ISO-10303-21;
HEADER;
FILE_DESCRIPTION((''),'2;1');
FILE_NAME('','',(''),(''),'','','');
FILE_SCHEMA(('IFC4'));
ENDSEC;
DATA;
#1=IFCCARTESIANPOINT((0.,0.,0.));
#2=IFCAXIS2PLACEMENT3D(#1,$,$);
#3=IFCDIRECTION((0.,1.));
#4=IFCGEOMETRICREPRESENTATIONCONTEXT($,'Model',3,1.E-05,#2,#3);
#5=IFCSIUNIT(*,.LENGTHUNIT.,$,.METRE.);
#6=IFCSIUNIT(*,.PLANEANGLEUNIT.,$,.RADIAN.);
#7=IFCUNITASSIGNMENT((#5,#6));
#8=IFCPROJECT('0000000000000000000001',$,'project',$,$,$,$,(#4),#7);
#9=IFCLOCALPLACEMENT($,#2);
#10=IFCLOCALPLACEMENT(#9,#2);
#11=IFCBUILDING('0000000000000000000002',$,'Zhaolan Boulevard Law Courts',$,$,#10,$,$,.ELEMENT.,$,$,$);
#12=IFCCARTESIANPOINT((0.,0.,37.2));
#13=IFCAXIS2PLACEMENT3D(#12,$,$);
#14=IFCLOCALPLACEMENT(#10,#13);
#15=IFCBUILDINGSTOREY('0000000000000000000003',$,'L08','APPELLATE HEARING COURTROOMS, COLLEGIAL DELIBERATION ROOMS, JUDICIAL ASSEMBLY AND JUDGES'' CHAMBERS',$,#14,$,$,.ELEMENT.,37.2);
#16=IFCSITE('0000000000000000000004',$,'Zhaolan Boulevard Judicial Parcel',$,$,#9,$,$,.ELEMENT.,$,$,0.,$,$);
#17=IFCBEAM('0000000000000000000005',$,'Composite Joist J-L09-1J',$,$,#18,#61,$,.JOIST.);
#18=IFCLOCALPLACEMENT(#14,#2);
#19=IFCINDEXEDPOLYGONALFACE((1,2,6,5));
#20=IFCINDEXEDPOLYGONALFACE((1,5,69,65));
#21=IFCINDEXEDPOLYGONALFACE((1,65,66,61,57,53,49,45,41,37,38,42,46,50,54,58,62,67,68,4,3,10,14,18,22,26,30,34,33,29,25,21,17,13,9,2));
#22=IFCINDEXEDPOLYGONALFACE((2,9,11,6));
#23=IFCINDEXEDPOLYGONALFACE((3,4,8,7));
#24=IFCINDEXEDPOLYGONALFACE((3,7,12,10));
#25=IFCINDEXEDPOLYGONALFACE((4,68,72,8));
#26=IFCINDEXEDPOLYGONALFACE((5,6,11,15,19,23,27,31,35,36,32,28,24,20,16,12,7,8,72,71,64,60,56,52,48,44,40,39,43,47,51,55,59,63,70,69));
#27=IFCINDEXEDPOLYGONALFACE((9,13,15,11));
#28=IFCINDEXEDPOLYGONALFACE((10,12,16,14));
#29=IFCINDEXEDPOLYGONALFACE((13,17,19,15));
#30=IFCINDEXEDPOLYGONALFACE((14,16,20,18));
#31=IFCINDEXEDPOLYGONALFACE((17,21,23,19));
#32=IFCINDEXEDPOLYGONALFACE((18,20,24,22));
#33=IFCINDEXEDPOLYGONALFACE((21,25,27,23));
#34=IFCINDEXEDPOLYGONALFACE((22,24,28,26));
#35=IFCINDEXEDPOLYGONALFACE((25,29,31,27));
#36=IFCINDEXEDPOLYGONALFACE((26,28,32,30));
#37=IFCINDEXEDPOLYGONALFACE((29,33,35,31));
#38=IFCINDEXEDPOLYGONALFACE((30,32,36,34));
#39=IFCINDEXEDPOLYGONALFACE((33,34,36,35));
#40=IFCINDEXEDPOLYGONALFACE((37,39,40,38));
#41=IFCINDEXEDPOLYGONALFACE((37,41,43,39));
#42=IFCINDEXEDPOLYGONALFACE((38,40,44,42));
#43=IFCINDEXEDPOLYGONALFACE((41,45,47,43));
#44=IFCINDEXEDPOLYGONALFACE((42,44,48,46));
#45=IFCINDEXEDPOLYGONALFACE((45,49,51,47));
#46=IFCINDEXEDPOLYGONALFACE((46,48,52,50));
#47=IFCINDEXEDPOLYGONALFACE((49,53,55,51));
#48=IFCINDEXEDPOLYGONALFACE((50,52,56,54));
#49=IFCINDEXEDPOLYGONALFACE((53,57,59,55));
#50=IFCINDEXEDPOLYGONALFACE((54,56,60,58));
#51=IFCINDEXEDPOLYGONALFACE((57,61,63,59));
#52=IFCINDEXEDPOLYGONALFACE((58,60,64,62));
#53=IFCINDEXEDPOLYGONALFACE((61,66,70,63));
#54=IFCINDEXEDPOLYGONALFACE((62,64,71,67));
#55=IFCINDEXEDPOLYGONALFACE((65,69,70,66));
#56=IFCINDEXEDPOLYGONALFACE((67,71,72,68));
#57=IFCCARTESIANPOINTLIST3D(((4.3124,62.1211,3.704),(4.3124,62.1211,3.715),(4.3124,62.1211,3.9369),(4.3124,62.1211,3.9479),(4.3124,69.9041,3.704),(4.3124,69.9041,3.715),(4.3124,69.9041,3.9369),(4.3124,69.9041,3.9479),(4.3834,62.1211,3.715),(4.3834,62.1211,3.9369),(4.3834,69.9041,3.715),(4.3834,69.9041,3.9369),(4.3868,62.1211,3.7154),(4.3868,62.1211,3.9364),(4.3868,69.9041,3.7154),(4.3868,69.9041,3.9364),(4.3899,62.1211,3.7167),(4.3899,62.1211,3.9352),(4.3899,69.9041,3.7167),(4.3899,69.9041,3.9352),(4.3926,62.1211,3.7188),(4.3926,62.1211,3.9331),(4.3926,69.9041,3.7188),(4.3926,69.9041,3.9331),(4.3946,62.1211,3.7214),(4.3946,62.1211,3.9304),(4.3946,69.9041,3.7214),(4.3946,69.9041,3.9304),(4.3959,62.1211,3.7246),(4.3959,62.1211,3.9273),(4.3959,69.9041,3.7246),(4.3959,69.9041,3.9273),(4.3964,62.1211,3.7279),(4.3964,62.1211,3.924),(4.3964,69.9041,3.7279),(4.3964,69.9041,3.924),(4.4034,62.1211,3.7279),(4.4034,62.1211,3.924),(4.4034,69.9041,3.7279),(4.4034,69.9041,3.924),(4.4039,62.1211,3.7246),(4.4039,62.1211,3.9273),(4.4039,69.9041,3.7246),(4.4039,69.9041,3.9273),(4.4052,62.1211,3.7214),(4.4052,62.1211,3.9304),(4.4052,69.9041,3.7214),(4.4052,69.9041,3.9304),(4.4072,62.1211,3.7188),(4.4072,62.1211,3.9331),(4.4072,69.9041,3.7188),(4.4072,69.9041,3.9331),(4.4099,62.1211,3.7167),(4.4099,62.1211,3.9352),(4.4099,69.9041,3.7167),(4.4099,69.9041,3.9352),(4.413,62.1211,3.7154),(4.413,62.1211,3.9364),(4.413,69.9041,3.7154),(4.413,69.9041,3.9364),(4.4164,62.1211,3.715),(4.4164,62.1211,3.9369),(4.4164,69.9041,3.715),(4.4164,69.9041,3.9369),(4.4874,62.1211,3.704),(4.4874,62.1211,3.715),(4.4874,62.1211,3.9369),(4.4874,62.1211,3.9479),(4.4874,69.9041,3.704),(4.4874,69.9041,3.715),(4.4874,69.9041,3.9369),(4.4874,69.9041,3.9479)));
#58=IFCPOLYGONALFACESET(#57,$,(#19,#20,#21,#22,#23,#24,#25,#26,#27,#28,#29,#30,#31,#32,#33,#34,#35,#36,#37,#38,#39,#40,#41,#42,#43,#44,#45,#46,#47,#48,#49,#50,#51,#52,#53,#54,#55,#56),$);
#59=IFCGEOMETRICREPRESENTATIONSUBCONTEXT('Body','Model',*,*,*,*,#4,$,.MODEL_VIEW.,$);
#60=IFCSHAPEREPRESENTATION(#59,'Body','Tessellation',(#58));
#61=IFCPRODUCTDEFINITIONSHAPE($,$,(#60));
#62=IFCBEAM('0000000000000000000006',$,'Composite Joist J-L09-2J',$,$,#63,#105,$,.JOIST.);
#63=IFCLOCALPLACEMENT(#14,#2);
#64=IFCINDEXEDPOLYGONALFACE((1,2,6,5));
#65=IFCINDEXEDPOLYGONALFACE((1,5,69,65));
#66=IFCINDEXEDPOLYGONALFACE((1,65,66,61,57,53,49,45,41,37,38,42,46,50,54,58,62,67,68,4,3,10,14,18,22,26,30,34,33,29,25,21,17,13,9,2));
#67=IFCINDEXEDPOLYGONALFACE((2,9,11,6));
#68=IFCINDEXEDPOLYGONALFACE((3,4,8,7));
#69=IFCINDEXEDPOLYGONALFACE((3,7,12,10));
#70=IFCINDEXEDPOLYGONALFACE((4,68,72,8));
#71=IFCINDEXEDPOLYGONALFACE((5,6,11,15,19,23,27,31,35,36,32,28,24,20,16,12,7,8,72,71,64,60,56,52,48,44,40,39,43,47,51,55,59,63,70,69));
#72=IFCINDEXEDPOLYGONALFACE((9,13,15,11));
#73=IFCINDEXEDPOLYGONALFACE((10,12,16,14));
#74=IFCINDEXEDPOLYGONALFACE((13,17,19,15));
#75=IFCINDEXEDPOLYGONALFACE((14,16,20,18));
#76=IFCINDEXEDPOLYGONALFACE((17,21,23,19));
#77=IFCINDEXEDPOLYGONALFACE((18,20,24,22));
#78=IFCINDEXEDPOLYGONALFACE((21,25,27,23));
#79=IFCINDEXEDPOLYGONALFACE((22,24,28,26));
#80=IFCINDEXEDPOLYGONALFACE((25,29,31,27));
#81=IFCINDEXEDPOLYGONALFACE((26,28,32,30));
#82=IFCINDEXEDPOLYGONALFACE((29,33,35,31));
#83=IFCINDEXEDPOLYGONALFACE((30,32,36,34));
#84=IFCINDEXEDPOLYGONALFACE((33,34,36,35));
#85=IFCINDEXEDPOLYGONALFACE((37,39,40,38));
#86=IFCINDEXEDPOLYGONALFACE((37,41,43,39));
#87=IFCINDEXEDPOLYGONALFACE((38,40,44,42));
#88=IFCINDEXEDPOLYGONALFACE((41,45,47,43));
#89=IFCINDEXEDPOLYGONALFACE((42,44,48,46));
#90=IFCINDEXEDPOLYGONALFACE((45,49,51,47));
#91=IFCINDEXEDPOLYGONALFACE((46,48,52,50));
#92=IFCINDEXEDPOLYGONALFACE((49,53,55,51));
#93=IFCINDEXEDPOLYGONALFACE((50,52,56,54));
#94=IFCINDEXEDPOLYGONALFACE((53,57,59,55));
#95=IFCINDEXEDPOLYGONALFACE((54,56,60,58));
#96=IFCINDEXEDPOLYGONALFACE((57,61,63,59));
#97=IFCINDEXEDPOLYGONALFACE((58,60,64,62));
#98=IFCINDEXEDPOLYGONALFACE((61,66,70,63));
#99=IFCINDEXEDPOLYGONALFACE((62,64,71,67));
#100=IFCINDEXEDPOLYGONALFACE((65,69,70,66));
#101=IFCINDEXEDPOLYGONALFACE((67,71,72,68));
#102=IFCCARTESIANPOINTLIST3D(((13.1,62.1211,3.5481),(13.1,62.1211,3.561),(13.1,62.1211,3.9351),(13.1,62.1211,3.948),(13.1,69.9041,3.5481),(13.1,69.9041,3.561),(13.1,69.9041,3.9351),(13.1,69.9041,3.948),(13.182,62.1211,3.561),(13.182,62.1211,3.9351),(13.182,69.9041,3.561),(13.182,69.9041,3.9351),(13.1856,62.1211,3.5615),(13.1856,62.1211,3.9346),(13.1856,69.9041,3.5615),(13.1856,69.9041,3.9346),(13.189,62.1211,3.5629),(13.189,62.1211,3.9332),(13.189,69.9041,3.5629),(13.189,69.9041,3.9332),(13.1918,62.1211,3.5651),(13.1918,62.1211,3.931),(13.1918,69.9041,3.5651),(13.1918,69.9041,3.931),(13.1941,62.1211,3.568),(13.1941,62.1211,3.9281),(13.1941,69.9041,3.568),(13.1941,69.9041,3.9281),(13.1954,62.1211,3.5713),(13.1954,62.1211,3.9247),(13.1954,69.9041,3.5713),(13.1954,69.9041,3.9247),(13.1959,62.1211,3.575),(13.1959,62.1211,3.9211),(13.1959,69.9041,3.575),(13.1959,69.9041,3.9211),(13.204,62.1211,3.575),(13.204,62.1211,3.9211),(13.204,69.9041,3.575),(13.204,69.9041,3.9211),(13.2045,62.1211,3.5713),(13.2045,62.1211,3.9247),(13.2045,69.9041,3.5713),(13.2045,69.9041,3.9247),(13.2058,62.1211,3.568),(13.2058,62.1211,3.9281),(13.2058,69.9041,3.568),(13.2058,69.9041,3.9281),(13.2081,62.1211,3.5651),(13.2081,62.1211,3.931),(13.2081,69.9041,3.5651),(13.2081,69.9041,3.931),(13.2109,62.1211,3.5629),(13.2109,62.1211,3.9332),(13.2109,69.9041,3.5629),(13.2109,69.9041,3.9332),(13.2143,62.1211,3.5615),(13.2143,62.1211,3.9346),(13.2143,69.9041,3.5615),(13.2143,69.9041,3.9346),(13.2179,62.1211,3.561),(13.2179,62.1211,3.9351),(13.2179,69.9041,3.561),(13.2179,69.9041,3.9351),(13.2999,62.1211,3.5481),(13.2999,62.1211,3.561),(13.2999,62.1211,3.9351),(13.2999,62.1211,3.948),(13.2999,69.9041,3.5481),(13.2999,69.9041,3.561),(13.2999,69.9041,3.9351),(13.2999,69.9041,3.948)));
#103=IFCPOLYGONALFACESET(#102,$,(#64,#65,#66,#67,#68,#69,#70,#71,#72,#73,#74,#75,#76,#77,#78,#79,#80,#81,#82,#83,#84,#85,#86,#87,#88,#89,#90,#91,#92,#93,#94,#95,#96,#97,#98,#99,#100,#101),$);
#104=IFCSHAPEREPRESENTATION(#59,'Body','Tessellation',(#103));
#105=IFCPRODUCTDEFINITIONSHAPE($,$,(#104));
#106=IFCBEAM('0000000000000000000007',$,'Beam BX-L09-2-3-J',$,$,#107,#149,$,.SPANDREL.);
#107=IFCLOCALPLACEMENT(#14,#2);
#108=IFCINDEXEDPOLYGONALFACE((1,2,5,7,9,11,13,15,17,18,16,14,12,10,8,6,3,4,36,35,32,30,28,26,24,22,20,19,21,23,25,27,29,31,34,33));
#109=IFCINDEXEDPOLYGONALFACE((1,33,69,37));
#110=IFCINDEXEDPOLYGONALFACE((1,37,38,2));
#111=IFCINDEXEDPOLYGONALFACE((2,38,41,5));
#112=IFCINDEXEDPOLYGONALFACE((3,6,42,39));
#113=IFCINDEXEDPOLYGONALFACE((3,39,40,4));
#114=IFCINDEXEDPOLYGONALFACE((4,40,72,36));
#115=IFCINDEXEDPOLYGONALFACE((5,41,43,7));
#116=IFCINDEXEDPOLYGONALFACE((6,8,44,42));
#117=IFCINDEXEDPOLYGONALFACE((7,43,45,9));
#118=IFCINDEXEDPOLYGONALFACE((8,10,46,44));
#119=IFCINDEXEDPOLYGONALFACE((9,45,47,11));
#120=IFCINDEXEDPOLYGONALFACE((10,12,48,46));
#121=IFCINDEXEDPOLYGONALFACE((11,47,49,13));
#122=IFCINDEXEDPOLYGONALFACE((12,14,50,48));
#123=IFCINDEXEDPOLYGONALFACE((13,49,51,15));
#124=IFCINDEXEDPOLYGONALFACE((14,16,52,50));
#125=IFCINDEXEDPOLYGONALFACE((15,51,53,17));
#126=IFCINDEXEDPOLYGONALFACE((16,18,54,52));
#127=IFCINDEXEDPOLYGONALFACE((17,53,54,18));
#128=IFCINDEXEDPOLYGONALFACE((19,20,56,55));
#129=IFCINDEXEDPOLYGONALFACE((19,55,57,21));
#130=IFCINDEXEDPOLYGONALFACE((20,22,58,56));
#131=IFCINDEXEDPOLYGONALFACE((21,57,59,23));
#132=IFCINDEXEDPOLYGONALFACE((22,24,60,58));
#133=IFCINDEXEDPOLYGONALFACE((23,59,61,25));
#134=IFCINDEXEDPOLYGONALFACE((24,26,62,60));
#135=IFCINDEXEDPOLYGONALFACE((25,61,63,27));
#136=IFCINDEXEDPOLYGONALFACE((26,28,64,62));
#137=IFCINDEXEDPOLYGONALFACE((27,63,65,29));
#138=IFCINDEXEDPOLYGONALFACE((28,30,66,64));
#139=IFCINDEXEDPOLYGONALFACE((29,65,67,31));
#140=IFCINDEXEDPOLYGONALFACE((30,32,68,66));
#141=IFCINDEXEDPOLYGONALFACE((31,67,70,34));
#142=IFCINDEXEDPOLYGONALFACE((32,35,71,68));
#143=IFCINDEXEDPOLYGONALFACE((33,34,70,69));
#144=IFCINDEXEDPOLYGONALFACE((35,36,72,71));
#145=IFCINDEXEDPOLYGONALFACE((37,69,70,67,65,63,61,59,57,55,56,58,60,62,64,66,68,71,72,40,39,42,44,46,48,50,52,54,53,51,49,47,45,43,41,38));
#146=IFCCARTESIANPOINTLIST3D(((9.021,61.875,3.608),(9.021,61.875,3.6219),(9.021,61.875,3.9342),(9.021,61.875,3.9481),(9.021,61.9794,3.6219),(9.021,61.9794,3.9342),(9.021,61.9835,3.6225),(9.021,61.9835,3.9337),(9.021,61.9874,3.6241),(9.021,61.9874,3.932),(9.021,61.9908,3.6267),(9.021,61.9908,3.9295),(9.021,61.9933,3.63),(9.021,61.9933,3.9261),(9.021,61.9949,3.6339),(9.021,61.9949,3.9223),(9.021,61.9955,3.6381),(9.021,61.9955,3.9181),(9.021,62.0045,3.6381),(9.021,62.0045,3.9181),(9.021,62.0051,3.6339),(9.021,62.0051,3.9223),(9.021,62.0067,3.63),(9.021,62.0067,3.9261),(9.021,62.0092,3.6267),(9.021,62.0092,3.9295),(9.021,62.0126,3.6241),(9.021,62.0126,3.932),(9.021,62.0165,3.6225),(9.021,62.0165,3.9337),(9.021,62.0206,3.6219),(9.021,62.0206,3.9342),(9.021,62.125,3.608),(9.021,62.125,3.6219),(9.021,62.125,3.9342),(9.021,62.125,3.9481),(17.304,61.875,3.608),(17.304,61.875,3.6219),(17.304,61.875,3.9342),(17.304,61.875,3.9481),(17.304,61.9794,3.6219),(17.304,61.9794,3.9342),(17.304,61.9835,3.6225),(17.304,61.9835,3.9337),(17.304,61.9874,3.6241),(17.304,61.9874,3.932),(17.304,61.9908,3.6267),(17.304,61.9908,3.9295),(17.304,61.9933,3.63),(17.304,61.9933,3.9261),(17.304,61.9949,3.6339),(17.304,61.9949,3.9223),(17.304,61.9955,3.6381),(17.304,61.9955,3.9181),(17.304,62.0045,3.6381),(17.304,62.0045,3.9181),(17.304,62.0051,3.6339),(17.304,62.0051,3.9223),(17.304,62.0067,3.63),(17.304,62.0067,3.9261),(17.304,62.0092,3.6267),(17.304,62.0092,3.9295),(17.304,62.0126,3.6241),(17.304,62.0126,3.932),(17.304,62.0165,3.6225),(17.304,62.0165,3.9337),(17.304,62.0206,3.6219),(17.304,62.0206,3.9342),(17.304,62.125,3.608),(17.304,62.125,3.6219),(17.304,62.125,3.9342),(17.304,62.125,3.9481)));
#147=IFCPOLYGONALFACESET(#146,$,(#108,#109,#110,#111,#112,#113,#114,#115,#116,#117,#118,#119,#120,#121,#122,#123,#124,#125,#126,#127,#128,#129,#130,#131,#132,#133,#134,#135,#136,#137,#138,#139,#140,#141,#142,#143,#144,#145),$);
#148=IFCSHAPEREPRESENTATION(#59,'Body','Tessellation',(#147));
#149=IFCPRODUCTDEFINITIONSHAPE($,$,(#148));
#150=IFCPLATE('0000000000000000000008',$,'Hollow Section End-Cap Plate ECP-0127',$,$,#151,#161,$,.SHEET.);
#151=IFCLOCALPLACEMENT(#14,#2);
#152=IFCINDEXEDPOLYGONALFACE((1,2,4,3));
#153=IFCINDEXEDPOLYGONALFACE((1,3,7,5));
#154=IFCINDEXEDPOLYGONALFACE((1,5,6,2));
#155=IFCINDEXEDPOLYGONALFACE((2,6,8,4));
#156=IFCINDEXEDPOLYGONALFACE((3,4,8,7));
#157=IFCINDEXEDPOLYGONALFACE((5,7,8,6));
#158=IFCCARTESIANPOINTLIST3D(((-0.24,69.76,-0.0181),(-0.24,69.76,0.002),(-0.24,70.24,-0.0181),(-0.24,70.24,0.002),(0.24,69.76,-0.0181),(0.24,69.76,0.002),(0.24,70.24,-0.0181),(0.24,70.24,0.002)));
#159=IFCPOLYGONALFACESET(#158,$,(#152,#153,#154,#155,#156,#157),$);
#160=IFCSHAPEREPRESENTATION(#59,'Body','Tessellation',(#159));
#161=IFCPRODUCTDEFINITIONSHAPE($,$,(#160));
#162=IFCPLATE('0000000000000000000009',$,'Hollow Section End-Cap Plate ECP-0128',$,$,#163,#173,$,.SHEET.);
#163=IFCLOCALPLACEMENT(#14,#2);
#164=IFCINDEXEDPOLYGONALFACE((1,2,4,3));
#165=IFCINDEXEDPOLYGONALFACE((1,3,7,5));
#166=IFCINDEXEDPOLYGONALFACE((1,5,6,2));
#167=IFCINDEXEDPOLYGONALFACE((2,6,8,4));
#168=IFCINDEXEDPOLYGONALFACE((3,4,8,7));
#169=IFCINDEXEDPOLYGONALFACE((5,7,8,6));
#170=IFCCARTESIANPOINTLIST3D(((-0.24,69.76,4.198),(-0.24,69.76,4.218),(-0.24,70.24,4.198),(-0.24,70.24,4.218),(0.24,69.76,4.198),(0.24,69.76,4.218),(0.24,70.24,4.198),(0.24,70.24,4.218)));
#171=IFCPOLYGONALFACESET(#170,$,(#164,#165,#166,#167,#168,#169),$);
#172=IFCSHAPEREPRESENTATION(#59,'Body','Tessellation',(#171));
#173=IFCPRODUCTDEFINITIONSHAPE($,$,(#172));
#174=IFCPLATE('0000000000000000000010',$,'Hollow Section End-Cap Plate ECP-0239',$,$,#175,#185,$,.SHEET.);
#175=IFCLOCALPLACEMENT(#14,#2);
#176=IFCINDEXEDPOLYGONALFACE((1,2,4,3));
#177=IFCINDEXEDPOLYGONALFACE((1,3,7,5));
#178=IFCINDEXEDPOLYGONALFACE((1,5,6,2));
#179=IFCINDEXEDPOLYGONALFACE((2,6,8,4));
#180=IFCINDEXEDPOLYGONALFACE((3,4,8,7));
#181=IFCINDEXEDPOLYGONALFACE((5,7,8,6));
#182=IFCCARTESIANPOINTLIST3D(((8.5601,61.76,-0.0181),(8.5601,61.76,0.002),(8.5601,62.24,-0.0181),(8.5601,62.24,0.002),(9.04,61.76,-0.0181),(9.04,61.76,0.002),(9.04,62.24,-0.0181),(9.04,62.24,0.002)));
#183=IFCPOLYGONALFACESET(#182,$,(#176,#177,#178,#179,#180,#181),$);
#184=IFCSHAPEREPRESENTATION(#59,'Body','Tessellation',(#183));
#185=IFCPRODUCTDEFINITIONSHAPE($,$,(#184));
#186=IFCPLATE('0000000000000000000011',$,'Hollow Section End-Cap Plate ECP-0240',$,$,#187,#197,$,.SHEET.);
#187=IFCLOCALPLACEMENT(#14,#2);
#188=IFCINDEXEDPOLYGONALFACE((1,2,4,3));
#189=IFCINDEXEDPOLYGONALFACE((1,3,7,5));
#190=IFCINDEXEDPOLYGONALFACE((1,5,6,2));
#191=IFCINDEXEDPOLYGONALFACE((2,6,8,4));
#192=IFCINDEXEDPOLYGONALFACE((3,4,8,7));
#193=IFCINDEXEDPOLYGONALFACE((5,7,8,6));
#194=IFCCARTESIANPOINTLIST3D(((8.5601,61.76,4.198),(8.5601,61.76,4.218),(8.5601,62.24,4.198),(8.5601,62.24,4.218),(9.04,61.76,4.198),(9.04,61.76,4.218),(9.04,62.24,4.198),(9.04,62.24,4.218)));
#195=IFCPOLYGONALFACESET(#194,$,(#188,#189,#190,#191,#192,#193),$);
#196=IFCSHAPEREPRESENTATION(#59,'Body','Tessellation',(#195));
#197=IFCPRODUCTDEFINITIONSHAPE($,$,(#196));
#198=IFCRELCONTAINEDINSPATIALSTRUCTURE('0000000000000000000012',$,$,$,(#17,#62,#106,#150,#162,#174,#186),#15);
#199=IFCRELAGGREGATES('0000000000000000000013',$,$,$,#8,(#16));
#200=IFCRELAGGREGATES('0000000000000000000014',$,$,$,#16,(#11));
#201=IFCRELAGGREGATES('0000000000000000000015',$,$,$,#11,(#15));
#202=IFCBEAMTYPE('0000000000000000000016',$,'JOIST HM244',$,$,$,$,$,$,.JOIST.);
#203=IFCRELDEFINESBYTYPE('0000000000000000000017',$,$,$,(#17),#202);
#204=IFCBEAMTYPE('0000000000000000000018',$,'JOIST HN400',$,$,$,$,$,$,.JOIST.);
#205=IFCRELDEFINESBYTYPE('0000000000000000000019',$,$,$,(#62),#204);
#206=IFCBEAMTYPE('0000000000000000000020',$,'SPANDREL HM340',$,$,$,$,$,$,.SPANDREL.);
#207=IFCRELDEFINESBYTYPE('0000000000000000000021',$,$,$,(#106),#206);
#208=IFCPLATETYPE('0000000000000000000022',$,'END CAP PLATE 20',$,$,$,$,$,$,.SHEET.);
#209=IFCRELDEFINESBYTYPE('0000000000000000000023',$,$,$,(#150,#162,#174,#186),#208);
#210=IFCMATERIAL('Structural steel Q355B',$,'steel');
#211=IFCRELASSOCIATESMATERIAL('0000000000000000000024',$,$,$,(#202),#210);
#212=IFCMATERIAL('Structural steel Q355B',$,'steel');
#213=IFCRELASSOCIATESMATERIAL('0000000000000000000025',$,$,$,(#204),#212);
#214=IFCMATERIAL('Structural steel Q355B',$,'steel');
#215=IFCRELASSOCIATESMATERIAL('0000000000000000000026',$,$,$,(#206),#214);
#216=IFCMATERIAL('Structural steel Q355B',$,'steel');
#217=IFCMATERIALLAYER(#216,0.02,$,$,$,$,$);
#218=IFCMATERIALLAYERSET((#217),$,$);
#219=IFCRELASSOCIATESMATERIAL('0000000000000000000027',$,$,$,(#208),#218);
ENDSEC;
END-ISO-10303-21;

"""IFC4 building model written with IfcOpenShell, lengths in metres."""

from ifc_helpers import new_model, si_unit, direction, frame, origin, origin_2d, place, context, subcontext, project, spatial, rectangle, i_section, extrude, material, layer, layer_set, material_profile, profile_set, type_object, element, save


model = new_model("IFC4")

# Units and contexts
model_context = context("Model", 3, precision=1e-05, world=origin(), true_north=direction((0.0, 1.0)))
body_context = subcontext(model_context, "Body", "Model", "MODEL_VIEW")
ifc_project = project(units=[si_unit("LENGTHUNIT", "METRE"), si_unit("PLANEANGLEUNIT", "RADIAN")], contexts=[model_context])

# Site, building, storey
site_placement = place(None, origin())
site = spatial("IfcSite", under=ifc_project, at=site_placement, Name="Zhaolan Boulevard Judicial Parcel", CompositionType="ELEMENT", RefElevation=0.0)
building_placement = place(site_placement, origin())
building = spatial("IfcBuilding", under=site, at=building_placement, Name="Zhaolan Boulevard Law Courts", CompositionType="ELEMENT")
storey_placement = place(building_placement, frame((0.0, 0.0, 37.2)))
storey = spatial("IfcBuildingStorey", under=building, at=storey_placement, Name="L08", Description="APPELLATE HEARING COURTROOMS, COLLEGIAL DELIBERATION ROOMS, JUDICIAL ASSEMBLY AND JUDGES' CHAMBERS", CompositionType="ELEMENT", Elevation=37.2)

# Beams
ifc_material_1 = material(Name="Structural steel Q355B", Category="steel")
ifc_material_profile_1 = material_profile(ifc_material_1, i_section(OverallWidth=0.175, OverallDepth=0.2439, WebThickness=0.0071, FlangeThickness=0.011, FilletRadius=0.0129, at=origin_2d()), Name="HM244x175")
ifc_profile_set_1 = profile_set([ifc_material_profile_1], Name="Structural steel Q355B")
beam_type_1 = type_object("IfcBeamType", Name="JOIST HM244", PredefinedType="JOIST", material=ifc_profile_set_1)
beam_1_placement = place(storey_placement, frame((4.3999, 62.1211, 3.8259), z_axis=(0.0, 1.0, 0.0), x_axis=(-1.0, 0.0, 0.0)))
element("IfcBeam", 1, at=beam_1_placement, inside=storey, type_object=beam_type_1, Name="Composite Joist J-L09-1J", PredefinedType="JOIST", context=body_context, shape_type="SweptSolid", body=[
    extrude(i_section(OverallWidth=0.175, OverallDepth=0.2439, WebThickness=0.0071, FlangeThickness=0.011, FilletRadius=0.0129, at=origin_2d()), origin(), (0.0, 0.0, 1.0), 7.783),
])
ifc_material_2 = material(Name="Structural steel Q355B", Category="steel")
ifc_material_profile_2 = material_profile(ifc_material_2, i_section(OverallWidth=0.2, OverallDepth=0.3999, WebThickness=0.0081, FlangeThickness=0.0129, FilletRadius=0.0139, at=origin_2d()), Name="HN400x200")
ifc_profile_set_2 = profile_set([ifc_material_profile_2], Name="Structural steel Q355B")
beam_type_2 = type_object("IfcBeamType", Name="JOIST HN400", PredefinedType="JOIST", material=ifc_profile_set_2)
beam_2_placement = place(storey_placement, frame((13.2, 62.1211, 3.748), z_axis=(0.0, 1.0, 0.0), x_axis=(-1.0, 0.0, 0.0)))
element("IfcBeam", 2, at=beam_2_placement, inside=storey, type_object=beam_type_2, Name="Composite Joist J-L09-2J", PredefinedType="JOIST", context=body_context, shape_type="SweptSolid", body=[
    extrude(i_section(OverallWidth=0.2, OverallDepth=0.3999, WebThickness=0.0081, FlangeThickness=0.0129, FilletRadius=0.0139, at=origin_2d()), origin(), (0.0, 0.0, 1.0), 7.783),
])
ifc_material_3 = material(Name="Structural steel Q355B", Category="steel")
ifc_material_profile_3 = material_profile(ifc_material_3, i_section(OverallWidth=0.25, OverallDepth=0.3401, WebThickness=0.009, FlangeThickness=0.0139, FilletRadius=0.0161, at=origin_2d()), Name="HM340x250")
ifc_profile_set_3 = profile_set([ifc_material_profile_3], Name="Structural steel Q355B")
beam_type_3 = type_object("IfcBeamType", Name="SPANDREL HM340", PredefinedType="SPANDREL", material=ifc_profile_set_3)
beam_3_placement = place(storey_placement, frame((9.021, 62.0, 3.7781), z_axis=(1.0, 0.0, 0.0), x_axis=(0.0, 1.0, 0.0)))
element("IfcBeam", 3, at=beam_3_placement, inside=storey, type_object=beam_type_3, Name="Beam BX-L09-2-3-J", PredefinedType="SPANDREL", context=body_context, shape_type="SweptSolid", body=[
    extrude(i_section(OverallWidth=0.25, OverallDepth=0.3401, WebThickness=0.009, FlangeThickness=0.0139, FilletRadius=0.0161, at=origin_2d()), origin(), (0.0, 0.0, 1.0), 8.283),
])

# Plates
ifc_material_4 = material(Name="Structural steel Q355B", Category="steel")
ifc_layer_1 = layer(ifc_material_4, 0.02)
ifc_layer_set_1 = layer_set([ifc_layer_1])
plate_type = type_object("IfcPlateType", Name="END CAP PLATE 20", PredefinedType="SHEET", material=ifc_layer_set_1)
for number, where, z_axis, x_axis, name in (
    (4, (0.0, 70.0, -0.0181), (0.0, 0.0, 1.0), (1.0, 0.0, 0.0), "Hollow Section End-Cap Plate ECP-0127"),
    (5, (0.0, 70.0, 4.198), (0.0, 0.0, 1.0), (1.0, 0.0, 0.0), "Hollow Section End-Cap Plate ECP-0128"),
    (6, (8.8, 62.0, -0.0181), (0.0, 0.0, 1.0), (1.0, 0.0, 0.0), "Hollow Section End-Cap Plate ECP-0239"),
    (7, (8.8, 62.0, 4.198), (0.0, 0.0, 1.0), (1.0, 0.0, 0.0), "Hollow Section End-Cap Plate ECP-0240"),
):
    element("IfcPlate", number, at=place(storey_placement, frame(where, z_axis=z_axis, x_axis=x_axis)), inside=storey, type_object=plate_type, Name=name, PredefinedType="SHEET", context=body_context, shape_type="SweptSolid", body=[
        extrude(rectangle(XDim=0.48, YDim=0.48, at=origin_2d()), origin(), (0.0, 0.0, 1.0), 0.02),
    ])

save(model, "model.ifc")
